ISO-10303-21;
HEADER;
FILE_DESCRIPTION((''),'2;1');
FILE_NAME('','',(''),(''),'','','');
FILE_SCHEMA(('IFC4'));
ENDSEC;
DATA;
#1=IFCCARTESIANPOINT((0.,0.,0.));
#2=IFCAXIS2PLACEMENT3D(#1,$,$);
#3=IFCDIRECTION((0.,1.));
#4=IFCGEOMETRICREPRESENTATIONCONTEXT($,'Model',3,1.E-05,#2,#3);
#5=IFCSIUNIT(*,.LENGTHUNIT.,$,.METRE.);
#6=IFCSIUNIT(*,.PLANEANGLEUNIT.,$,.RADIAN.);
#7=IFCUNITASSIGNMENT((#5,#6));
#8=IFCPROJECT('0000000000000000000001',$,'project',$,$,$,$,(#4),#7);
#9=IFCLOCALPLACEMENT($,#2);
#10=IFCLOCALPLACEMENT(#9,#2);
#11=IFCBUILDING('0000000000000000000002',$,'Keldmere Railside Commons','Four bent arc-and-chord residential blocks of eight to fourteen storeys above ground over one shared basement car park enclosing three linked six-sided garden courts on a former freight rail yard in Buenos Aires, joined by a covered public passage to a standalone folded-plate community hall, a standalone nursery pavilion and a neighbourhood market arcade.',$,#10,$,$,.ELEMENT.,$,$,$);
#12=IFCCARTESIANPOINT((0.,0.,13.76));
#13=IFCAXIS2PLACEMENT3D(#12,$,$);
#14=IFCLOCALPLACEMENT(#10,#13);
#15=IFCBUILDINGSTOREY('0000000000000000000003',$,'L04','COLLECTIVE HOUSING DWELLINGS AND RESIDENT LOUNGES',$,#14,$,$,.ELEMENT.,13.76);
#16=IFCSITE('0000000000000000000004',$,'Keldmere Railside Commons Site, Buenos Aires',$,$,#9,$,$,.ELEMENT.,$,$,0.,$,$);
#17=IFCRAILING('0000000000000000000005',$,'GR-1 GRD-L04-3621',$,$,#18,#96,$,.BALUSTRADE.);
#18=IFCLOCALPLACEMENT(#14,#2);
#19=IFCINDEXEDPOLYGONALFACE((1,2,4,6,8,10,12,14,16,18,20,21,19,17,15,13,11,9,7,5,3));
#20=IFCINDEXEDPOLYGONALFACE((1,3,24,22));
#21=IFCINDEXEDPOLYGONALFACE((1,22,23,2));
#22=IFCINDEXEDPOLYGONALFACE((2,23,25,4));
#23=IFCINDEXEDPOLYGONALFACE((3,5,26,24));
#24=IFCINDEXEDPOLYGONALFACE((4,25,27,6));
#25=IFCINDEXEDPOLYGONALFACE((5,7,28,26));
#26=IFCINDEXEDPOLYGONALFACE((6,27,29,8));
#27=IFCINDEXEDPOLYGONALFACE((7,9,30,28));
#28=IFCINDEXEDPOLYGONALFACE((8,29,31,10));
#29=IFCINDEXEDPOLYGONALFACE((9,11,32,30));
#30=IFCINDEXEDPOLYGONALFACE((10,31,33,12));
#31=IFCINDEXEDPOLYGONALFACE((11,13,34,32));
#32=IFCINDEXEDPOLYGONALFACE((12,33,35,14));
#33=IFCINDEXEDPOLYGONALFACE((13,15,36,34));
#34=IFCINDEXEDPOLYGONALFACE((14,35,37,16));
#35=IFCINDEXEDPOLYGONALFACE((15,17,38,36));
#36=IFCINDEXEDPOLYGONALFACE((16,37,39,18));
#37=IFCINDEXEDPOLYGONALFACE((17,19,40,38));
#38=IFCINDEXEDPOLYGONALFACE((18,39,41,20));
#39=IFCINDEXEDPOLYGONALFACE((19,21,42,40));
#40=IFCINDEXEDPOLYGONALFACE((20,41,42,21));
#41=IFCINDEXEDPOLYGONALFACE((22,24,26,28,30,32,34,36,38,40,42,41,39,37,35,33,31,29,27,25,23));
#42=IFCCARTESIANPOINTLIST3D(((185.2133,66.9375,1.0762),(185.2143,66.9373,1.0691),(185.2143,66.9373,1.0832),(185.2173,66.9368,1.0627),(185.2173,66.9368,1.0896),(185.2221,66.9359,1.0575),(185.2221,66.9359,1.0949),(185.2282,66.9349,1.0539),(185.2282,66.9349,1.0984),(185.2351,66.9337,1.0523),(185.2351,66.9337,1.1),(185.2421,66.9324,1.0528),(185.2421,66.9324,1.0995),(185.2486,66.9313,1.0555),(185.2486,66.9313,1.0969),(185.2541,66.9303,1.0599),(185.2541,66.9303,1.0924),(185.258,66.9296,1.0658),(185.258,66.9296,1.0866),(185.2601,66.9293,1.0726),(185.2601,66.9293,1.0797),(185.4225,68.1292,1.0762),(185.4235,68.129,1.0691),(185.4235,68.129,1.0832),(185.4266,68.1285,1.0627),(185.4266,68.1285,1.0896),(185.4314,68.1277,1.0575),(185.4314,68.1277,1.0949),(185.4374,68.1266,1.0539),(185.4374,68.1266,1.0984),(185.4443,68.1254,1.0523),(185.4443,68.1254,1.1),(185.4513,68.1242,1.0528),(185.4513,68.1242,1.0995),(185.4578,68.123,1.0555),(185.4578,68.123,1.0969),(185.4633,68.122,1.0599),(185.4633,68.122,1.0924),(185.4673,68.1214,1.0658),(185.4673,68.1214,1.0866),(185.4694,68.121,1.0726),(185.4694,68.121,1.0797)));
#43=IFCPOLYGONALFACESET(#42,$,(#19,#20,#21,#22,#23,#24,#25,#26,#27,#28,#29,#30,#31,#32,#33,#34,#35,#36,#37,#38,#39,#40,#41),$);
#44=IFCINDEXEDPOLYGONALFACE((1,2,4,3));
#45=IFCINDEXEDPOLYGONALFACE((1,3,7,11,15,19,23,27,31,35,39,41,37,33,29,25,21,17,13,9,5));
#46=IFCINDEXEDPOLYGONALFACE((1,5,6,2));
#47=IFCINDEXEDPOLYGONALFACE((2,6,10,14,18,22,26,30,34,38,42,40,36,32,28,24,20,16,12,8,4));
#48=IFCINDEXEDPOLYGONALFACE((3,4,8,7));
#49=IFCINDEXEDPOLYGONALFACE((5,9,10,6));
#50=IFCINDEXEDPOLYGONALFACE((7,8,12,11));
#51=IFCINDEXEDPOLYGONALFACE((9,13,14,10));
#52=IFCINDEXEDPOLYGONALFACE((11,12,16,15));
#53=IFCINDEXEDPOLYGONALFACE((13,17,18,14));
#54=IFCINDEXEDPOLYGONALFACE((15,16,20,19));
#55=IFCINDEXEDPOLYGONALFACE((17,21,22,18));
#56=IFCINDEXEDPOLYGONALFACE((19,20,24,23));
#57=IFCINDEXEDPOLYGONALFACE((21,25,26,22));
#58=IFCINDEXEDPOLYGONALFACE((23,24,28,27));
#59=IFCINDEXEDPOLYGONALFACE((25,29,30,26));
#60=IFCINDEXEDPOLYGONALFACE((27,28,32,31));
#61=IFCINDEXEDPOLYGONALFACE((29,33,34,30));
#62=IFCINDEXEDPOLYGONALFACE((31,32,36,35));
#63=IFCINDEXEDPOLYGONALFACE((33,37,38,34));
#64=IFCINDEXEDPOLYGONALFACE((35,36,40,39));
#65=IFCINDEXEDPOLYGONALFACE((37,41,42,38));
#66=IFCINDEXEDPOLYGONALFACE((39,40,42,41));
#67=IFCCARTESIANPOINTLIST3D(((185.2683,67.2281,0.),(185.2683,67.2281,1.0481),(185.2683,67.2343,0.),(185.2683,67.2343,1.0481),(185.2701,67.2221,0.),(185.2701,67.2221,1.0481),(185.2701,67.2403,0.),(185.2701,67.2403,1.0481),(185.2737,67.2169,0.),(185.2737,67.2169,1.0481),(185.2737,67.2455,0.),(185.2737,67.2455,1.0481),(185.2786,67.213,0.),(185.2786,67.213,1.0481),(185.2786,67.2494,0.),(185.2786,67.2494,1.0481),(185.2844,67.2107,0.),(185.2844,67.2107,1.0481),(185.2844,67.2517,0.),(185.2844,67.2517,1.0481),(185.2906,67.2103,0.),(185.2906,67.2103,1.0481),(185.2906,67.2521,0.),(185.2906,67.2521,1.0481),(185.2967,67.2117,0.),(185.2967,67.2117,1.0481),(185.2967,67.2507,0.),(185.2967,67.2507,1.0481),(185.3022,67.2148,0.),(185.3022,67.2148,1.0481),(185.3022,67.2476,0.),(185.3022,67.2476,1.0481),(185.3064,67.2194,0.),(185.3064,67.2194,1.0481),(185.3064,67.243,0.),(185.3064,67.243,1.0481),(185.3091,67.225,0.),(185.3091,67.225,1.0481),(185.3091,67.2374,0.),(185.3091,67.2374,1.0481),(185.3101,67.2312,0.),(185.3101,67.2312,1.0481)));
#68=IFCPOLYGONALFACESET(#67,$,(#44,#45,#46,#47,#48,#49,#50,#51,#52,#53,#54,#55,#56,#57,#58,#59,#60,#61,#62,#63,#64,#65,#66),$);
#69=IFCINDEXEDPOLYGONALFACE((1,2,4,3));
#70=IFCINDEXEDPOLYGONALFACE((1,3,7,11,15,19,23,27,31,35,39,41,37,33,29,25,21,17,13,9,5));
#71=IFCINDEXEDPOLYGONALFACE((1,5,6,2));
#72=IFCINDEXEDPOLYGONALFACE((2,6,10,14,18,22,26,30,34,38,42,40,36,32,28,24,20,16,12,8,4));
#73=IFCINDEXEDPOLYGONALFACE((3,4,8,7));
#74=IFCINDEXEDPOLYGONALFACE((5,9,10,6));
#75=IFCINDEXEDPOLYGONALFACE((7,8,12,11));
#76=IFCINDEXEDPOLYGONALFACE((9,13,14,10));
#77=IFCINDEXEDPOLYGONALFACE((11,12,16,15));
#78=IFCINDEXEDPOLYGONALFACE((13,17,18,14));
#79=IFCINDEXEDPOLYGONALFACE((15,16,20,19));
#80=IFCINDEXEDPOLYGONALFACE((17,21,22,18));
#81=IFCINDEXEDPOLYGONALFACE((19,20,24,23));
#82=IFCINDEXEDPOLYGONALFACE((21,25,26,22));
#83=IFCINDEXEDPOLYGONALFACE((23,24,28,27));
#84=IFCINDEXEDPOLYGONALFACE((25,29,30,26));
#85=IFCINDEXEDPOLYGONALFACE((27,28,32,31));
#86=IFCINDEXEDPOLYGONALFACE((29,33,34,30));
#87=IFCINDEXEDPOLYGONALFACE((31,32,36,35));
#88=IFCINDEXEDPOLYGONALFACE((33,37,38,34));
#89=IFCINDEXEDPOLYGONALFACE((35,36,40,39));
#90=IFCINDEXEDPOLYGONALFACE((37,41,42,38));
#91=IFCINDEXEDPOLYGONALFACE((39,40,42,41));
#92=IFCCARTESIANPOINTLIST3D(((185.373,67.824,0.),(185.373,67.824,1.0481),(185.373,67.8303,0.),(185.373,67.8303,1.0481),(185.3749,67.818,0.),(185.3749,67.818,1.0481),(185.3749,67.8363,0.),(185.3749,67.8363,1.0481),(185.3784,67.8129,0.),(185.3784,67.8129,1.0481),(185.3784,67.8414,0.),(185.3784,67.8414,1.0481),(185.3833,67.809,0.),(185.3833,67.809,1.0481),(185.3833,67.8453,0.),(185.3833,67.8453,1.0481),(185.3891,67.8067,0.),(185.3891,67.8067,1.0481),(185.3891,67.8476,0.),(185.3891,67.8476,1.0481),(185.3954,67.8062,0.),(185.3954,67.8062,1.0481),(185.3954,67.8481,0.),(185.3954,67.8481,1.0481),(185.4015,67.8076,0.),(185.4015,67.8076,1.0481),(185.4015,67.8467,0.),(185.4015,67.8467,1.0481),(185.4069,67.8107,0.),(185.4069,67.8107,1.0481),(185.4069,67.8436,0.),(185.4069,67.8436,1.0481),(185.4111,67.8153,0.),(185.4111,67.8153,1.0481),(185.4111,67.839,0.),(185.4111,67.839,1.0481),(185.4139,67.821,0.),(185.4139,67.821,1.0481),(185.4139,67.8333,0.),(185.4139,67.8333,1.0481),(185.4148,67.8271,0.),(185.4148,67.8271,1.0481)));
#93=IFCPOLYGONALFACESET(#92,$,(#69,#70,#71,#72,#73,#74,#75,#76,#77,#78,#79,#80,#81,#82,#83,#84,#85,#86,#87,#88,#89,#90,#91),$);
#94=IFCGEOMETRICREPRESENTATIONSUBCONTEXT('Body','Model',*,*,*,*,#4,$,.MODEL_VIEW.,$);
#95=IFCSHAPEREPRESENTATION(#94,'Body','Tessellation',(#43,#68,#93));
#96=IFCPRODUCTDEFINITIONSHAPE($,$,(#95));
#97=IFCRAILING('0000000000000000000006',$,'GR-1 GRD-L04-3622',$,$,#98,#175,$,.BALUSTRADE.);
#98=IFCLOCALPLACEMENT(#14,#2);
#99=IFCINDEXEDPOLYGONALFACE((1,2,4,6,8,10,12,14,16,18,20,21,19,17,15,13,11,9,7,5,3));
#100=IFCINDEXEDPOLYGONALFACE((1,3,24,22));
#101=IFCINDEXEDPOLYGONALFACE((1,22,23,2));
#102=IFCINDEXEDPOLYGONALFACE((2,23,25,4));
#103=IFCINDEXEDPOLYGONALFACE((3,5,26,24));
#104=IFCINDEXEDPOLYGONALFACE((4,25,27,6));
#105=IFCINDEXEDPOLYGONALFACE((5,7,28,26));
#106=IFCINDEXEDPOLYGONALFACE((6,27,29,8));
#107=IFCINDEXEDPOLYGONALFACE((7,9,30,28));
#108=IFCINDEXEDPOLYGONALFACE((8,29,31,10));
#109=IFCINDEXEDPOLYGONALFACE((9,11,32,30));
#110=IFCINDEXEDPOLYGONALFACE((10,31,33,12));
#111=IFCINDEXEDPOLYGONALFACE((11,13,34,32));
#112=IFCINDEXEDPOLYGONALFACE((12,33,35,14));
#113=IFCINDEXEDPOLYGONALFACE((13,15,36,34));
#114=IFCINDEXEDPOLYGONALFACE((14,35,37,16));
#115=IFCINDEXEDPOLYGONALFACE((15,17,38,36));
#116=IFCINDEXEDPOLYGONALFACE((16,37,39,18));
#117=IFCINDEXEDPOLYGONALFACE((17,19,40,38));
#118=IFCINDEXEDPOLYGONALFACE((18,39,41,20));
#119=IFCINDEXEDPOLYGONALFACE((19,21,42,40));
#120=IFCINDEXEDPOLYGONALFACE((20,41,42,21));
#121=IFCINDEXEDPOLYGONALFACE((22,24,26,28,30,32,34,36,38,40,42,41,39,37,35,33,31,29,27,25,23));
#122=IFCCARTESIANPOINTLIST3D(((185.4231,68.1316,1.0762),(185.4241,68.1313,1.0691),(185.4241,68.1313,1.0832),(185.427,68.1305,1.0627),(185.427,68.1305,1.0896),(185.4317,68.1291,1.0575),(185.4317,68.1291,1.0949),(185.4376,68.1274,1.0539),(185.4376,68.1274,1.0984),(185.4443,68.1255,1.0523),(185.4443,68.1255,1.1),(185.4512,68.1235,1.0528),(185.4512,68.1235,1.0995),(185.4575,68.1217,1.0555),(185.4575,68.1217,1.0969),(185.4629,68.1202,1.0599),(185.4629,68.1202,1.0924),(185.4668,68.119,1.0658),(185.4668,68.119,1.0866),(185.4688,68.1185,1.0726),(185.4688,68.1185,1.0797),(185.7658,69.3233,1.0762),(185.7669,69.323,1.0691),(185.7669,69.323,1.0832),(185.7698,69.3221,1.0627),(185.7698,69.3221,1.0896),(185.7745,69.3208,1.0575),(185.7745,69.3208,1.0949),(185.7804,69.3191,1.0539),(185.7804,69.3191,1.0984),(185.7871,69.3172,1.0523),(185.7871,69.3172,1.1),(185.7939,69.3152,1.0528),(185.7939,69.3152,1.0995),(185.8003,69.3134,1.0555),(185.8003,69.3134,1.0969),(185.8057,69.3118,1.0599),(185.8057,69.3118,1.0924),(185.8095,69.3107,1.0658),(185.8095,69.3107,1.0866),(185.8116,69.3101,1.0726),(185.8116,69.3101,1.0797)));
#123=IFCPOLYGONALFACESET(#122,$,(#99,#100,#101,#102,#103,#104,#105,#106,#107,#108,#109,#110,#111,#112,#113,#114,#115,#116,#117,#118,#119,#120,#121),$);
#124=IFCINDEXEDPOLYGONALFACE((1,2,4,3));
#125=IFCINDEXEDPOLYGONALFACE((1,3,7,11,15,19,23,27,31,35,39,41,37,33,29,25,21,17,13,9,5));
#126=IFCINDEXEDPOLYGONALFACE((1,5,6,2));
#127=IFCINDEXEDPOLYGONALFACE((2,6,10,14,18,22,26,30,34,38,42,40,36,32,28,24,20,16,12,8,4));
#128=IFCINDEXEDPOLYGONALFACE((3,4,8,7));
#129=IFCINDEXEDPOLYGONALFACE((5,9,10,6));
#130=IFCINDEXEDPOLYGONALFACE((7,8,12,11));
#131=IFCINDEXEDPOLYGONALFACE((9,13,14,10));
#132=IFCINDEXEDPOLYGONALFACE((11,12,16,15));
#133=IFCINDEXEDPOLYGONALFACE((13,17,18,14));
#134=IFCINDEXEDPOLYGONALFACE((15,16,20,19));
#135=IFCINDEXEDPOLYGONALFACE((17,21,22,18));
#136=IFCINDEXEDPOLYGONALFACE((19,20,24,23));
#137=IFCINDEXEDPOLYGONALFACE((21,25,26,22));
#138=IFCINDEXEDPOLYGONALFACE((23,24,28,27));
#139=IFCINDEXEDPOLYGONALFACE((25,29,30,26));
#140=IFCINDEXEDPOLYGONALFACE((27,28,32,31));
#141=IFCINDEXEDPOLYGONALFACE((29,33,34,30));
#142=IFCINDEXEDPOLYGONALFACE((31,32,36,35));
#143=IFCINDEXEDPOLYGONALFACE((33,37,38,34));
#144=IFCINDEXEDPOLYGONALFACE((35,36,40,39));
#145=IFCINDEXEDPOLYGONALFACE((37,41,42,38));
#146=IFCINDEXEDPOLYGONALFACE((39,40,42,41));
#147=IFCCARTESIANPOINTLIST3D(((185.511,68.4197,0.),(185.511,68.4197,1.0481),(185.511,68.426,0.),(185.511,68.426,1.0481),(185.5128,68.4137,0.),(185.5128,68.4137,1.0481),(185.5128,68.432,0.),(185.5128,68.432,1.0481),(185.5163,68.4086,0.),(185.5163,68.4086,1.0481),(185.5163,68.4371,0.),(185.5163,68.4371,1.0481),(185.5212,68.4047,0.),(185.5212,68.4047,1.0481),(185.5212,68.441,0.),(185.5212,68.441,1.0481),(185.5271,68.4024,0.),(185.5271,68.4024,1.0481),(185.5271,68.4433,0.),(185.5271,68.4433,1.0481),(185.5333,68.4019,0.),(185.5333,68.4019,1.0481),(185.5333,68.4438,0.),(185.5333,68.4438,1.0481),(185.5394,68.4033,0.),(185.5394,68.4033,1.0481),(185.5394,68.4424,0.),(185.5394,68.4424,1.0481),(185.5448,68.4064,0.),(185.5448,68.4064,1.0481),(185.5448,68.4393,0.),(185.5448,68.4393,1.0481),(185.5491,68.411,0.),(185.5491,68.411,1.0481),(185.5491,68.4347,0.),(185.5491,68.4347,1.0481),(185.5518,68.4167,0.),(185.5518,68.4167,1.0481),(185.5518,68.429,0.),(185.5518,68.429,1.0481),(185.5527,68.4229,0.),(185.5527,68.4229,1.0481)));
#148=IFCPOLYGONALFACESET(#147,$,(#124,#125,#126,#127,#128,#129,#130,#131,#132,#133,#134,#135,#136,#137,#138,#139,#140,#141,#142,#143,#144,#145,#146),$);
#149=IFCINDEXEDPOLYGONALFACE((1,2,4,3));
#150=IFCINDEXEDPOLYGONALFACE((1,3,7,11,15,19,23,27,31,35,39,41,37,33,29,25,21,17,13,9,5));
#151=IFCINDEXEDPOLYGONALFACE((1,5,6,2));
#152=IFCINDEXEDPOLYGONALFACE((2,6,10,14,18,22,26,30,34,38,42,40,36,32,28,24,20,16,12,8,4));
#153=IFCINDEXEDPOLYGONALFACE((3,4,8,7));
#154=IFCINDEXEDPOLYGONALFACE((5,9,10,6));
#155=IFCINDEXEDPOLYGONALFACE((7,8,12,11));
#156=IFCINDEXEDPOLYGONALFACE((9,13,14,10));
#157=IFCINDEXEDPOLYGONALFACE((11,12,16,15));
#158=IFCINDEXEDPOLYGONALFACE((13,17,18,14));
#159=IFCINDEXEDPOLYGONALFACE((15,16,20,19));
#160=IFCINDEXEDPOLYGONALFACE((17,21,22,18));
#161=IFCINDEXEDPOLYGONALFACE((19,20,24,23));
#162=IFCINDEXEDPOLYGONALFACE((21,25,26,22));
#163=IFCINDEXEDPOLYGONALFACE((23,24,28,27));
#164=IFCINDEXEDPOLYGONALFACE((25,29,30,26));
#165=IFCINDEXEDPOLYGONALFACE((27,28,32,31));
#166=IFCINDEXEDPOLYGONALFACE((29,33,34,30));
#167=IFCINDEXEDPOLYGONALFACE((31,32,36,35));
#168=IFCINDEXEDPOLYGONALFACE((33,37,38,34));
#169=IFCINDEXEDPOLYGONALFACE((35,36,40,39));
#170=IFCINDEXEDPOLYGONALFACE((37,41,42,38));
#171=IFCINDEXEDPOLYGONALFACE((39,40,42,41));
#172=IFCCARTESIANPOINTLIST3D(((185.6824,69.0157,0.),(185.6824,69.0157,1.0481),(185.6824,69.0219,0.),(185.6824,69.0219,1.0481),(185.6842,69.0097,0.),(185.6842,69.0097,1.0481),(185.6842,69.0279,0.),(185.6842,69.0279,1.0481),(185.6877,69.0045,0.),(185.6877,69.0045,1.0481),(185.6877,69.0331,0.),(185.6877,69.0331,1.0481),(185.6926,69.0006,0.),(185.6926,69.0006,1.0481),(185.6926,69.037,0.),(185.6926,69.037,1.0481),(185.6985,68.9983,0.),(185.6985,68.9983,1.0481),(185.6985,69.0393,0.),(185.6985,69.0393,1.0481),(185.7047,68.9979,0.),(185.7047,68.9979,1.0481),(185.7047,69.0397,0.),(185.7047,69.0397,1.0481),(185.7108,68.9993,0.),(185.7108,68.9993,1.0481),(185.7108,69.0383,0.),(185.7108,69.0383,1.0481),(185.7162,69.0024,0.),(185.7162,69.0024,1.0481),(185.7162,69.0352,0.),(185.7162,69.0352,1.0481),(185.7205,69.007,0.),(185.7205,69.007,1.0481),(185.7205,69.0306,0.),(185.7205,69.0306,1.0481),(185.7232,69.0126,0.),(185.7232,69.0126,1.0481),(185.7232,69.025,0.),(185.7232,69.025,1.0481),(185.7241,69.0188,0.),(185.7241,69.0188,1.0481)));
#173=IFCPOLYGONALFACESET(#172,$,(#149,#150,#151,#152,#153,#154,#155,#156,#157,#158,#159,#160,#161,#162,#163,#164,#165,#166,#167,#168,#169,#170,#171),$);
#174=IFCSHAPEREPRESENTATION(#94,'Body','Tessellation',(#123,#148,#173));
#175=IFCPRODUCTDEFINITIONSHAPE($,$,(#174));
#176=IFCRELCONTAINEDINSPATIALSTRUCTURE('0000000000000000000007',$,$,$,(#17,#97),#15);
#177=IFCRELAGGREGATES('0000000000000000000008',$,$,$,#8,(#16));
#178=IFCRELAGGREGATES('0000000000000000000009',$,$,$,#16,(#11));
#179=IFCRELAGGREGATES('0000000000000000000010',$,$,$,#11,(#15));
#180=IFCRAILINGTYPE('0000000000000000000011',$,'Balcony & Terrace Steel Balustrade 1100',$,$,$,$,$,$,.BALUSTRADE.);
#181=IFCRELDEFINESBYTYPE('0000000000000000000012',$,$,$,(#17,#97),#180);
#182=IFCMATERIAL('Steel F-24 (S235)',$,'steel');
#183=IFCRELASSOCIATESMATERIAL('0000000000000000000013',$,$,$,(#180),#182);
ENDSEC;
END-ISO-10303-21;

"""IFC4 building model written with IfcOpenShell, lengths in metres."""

from ifc_helpers import new_model, si_unit, direction, frame, origin, origin_2d, place, context, subcontext, project, spatial, circle, extrude, material, type_object, element, save


model = new_model("IFC4")

# Units and contexts
model_context = context("Model", 3, precision=1e-05, world=origin(), true_north=direction((0.0, 1.0)))
body_context = subcontext(model_context, "Body", "Model", "MODEL_VIEW")
ifc_project = project(units=[si_unit("LENGTHUNIT", "METRE"), si_unit("PLANEANGLEUNIT", "RADIAN")], contexts=[model_context])

# Site, building, storey
site_placement = place(None, origin())
site = spatial("IfcSite", under=ifc_project, at=site_placement, Name="Keldmere Railside Commons Site, Buenos Aires", CompositionType="ELEMENT", RefElevation=0.0)
building_placement = place(site_placement, origin())
building = spatial("IfcBuilding", under=site, at=building_placement, Name="Keldmere Railside Commons", Description="Four bent arc-and-chord residential blocks of eight to fourteen storeys above ground over one shared basement car park enclosing three linked six-sided garden courts on a former freight rail yard in Buenos Aires, joined by a covered public passage to a standalone folded-plate community hall, a standalone nursery pavilion and a neighbourhood market arcade.", CompositionType="ELEMENT")
storey_placement = place(building_placement, frame((0.0, 0.0, 13.76)))
storey = spatial("IfcBuildingStorey", under=building, at=storey_placement, Name="L04", Description="COLLECTIVE HOUSING DWELLINGS AND RESIDENT LOUNGES", CompositionType="ELEMENT", Elevation=13.76)

# Shared definitions
ifc_material_1 = material(Name="Steel F-24 (S235)", Category="steel")

# Railings
railing_type_1 = type_object("IfcRailingType", Name="Balcony & Terrace Steel Balustrade 1100", PredefinedType="BALUSTRADE", material=ifc_material_1)
railing_1_placement = place(storey_placement, frame((185.2368, 66.9333, 0.0)))
element("IfcRailing", 1, at=railing_1_placement, inside=storey, type_object=railing_type_1, Name="GR-1 GRD-L04-3621", PredefinedType="BALUSTRADE", context=body_context, shape_type="SweptSolid", body=[
    extrude(circle(Radius=0.0239, at=origin_2d()), frame((0.0, 0.0, 1.0762), z_axis=(0.172933, 0.984934, 0.0), x_axis=(-0.984934, 0.172933, 0.0)), (0.0, 0.0, 1.0), 1.21),
    extrude(circle(Radius=0.021, at=origin_2d()), frame((0.0522, 0.2979, 0.0)), (0.0, 0.0, 1.0), 1.0481),
    extrude(circle(Radius=0.021, at=origin_2d()), frame((0.157, 0.8938, 0.0)), (0.0, 0.0, 1.0), 1.0481),
])
railing_2_placement = place(storey_placement, frame((185.446, 68.125, 0.0)))
element("IfcRailing", 2, at=railing_2_placement, inside=storey, type_object=railing_type_1, Name="GR-1 GRD-L04-3622", PredefinedType="BALUSTRADE", context=body_context, shape_type="SweptSolid", body=[
    extrude(circle(Radius=0.0239, at=origin_2d()), frame((0.0, 0.0, 1.0762), z_axis=(0.276437, 0.961032, 0.0), x_axis=(-0.961032, 0.276437, 0.0)), (0.0, 0.0, 1.0), 1.24),
    extrude(circle(Radius=0.021, at=origin_2d()), frame((0.0857, 0.2979, 0.0)), (0.0, 0.0, 1.0), 1.0481),
    extrude(circle(Radius=0.021, at=origin_2d()), frame((0.2571, 0.8938, 0.0)), (0.0, 0.0, 1.0), 1.0481),
])

save(model, "model.ifc")
